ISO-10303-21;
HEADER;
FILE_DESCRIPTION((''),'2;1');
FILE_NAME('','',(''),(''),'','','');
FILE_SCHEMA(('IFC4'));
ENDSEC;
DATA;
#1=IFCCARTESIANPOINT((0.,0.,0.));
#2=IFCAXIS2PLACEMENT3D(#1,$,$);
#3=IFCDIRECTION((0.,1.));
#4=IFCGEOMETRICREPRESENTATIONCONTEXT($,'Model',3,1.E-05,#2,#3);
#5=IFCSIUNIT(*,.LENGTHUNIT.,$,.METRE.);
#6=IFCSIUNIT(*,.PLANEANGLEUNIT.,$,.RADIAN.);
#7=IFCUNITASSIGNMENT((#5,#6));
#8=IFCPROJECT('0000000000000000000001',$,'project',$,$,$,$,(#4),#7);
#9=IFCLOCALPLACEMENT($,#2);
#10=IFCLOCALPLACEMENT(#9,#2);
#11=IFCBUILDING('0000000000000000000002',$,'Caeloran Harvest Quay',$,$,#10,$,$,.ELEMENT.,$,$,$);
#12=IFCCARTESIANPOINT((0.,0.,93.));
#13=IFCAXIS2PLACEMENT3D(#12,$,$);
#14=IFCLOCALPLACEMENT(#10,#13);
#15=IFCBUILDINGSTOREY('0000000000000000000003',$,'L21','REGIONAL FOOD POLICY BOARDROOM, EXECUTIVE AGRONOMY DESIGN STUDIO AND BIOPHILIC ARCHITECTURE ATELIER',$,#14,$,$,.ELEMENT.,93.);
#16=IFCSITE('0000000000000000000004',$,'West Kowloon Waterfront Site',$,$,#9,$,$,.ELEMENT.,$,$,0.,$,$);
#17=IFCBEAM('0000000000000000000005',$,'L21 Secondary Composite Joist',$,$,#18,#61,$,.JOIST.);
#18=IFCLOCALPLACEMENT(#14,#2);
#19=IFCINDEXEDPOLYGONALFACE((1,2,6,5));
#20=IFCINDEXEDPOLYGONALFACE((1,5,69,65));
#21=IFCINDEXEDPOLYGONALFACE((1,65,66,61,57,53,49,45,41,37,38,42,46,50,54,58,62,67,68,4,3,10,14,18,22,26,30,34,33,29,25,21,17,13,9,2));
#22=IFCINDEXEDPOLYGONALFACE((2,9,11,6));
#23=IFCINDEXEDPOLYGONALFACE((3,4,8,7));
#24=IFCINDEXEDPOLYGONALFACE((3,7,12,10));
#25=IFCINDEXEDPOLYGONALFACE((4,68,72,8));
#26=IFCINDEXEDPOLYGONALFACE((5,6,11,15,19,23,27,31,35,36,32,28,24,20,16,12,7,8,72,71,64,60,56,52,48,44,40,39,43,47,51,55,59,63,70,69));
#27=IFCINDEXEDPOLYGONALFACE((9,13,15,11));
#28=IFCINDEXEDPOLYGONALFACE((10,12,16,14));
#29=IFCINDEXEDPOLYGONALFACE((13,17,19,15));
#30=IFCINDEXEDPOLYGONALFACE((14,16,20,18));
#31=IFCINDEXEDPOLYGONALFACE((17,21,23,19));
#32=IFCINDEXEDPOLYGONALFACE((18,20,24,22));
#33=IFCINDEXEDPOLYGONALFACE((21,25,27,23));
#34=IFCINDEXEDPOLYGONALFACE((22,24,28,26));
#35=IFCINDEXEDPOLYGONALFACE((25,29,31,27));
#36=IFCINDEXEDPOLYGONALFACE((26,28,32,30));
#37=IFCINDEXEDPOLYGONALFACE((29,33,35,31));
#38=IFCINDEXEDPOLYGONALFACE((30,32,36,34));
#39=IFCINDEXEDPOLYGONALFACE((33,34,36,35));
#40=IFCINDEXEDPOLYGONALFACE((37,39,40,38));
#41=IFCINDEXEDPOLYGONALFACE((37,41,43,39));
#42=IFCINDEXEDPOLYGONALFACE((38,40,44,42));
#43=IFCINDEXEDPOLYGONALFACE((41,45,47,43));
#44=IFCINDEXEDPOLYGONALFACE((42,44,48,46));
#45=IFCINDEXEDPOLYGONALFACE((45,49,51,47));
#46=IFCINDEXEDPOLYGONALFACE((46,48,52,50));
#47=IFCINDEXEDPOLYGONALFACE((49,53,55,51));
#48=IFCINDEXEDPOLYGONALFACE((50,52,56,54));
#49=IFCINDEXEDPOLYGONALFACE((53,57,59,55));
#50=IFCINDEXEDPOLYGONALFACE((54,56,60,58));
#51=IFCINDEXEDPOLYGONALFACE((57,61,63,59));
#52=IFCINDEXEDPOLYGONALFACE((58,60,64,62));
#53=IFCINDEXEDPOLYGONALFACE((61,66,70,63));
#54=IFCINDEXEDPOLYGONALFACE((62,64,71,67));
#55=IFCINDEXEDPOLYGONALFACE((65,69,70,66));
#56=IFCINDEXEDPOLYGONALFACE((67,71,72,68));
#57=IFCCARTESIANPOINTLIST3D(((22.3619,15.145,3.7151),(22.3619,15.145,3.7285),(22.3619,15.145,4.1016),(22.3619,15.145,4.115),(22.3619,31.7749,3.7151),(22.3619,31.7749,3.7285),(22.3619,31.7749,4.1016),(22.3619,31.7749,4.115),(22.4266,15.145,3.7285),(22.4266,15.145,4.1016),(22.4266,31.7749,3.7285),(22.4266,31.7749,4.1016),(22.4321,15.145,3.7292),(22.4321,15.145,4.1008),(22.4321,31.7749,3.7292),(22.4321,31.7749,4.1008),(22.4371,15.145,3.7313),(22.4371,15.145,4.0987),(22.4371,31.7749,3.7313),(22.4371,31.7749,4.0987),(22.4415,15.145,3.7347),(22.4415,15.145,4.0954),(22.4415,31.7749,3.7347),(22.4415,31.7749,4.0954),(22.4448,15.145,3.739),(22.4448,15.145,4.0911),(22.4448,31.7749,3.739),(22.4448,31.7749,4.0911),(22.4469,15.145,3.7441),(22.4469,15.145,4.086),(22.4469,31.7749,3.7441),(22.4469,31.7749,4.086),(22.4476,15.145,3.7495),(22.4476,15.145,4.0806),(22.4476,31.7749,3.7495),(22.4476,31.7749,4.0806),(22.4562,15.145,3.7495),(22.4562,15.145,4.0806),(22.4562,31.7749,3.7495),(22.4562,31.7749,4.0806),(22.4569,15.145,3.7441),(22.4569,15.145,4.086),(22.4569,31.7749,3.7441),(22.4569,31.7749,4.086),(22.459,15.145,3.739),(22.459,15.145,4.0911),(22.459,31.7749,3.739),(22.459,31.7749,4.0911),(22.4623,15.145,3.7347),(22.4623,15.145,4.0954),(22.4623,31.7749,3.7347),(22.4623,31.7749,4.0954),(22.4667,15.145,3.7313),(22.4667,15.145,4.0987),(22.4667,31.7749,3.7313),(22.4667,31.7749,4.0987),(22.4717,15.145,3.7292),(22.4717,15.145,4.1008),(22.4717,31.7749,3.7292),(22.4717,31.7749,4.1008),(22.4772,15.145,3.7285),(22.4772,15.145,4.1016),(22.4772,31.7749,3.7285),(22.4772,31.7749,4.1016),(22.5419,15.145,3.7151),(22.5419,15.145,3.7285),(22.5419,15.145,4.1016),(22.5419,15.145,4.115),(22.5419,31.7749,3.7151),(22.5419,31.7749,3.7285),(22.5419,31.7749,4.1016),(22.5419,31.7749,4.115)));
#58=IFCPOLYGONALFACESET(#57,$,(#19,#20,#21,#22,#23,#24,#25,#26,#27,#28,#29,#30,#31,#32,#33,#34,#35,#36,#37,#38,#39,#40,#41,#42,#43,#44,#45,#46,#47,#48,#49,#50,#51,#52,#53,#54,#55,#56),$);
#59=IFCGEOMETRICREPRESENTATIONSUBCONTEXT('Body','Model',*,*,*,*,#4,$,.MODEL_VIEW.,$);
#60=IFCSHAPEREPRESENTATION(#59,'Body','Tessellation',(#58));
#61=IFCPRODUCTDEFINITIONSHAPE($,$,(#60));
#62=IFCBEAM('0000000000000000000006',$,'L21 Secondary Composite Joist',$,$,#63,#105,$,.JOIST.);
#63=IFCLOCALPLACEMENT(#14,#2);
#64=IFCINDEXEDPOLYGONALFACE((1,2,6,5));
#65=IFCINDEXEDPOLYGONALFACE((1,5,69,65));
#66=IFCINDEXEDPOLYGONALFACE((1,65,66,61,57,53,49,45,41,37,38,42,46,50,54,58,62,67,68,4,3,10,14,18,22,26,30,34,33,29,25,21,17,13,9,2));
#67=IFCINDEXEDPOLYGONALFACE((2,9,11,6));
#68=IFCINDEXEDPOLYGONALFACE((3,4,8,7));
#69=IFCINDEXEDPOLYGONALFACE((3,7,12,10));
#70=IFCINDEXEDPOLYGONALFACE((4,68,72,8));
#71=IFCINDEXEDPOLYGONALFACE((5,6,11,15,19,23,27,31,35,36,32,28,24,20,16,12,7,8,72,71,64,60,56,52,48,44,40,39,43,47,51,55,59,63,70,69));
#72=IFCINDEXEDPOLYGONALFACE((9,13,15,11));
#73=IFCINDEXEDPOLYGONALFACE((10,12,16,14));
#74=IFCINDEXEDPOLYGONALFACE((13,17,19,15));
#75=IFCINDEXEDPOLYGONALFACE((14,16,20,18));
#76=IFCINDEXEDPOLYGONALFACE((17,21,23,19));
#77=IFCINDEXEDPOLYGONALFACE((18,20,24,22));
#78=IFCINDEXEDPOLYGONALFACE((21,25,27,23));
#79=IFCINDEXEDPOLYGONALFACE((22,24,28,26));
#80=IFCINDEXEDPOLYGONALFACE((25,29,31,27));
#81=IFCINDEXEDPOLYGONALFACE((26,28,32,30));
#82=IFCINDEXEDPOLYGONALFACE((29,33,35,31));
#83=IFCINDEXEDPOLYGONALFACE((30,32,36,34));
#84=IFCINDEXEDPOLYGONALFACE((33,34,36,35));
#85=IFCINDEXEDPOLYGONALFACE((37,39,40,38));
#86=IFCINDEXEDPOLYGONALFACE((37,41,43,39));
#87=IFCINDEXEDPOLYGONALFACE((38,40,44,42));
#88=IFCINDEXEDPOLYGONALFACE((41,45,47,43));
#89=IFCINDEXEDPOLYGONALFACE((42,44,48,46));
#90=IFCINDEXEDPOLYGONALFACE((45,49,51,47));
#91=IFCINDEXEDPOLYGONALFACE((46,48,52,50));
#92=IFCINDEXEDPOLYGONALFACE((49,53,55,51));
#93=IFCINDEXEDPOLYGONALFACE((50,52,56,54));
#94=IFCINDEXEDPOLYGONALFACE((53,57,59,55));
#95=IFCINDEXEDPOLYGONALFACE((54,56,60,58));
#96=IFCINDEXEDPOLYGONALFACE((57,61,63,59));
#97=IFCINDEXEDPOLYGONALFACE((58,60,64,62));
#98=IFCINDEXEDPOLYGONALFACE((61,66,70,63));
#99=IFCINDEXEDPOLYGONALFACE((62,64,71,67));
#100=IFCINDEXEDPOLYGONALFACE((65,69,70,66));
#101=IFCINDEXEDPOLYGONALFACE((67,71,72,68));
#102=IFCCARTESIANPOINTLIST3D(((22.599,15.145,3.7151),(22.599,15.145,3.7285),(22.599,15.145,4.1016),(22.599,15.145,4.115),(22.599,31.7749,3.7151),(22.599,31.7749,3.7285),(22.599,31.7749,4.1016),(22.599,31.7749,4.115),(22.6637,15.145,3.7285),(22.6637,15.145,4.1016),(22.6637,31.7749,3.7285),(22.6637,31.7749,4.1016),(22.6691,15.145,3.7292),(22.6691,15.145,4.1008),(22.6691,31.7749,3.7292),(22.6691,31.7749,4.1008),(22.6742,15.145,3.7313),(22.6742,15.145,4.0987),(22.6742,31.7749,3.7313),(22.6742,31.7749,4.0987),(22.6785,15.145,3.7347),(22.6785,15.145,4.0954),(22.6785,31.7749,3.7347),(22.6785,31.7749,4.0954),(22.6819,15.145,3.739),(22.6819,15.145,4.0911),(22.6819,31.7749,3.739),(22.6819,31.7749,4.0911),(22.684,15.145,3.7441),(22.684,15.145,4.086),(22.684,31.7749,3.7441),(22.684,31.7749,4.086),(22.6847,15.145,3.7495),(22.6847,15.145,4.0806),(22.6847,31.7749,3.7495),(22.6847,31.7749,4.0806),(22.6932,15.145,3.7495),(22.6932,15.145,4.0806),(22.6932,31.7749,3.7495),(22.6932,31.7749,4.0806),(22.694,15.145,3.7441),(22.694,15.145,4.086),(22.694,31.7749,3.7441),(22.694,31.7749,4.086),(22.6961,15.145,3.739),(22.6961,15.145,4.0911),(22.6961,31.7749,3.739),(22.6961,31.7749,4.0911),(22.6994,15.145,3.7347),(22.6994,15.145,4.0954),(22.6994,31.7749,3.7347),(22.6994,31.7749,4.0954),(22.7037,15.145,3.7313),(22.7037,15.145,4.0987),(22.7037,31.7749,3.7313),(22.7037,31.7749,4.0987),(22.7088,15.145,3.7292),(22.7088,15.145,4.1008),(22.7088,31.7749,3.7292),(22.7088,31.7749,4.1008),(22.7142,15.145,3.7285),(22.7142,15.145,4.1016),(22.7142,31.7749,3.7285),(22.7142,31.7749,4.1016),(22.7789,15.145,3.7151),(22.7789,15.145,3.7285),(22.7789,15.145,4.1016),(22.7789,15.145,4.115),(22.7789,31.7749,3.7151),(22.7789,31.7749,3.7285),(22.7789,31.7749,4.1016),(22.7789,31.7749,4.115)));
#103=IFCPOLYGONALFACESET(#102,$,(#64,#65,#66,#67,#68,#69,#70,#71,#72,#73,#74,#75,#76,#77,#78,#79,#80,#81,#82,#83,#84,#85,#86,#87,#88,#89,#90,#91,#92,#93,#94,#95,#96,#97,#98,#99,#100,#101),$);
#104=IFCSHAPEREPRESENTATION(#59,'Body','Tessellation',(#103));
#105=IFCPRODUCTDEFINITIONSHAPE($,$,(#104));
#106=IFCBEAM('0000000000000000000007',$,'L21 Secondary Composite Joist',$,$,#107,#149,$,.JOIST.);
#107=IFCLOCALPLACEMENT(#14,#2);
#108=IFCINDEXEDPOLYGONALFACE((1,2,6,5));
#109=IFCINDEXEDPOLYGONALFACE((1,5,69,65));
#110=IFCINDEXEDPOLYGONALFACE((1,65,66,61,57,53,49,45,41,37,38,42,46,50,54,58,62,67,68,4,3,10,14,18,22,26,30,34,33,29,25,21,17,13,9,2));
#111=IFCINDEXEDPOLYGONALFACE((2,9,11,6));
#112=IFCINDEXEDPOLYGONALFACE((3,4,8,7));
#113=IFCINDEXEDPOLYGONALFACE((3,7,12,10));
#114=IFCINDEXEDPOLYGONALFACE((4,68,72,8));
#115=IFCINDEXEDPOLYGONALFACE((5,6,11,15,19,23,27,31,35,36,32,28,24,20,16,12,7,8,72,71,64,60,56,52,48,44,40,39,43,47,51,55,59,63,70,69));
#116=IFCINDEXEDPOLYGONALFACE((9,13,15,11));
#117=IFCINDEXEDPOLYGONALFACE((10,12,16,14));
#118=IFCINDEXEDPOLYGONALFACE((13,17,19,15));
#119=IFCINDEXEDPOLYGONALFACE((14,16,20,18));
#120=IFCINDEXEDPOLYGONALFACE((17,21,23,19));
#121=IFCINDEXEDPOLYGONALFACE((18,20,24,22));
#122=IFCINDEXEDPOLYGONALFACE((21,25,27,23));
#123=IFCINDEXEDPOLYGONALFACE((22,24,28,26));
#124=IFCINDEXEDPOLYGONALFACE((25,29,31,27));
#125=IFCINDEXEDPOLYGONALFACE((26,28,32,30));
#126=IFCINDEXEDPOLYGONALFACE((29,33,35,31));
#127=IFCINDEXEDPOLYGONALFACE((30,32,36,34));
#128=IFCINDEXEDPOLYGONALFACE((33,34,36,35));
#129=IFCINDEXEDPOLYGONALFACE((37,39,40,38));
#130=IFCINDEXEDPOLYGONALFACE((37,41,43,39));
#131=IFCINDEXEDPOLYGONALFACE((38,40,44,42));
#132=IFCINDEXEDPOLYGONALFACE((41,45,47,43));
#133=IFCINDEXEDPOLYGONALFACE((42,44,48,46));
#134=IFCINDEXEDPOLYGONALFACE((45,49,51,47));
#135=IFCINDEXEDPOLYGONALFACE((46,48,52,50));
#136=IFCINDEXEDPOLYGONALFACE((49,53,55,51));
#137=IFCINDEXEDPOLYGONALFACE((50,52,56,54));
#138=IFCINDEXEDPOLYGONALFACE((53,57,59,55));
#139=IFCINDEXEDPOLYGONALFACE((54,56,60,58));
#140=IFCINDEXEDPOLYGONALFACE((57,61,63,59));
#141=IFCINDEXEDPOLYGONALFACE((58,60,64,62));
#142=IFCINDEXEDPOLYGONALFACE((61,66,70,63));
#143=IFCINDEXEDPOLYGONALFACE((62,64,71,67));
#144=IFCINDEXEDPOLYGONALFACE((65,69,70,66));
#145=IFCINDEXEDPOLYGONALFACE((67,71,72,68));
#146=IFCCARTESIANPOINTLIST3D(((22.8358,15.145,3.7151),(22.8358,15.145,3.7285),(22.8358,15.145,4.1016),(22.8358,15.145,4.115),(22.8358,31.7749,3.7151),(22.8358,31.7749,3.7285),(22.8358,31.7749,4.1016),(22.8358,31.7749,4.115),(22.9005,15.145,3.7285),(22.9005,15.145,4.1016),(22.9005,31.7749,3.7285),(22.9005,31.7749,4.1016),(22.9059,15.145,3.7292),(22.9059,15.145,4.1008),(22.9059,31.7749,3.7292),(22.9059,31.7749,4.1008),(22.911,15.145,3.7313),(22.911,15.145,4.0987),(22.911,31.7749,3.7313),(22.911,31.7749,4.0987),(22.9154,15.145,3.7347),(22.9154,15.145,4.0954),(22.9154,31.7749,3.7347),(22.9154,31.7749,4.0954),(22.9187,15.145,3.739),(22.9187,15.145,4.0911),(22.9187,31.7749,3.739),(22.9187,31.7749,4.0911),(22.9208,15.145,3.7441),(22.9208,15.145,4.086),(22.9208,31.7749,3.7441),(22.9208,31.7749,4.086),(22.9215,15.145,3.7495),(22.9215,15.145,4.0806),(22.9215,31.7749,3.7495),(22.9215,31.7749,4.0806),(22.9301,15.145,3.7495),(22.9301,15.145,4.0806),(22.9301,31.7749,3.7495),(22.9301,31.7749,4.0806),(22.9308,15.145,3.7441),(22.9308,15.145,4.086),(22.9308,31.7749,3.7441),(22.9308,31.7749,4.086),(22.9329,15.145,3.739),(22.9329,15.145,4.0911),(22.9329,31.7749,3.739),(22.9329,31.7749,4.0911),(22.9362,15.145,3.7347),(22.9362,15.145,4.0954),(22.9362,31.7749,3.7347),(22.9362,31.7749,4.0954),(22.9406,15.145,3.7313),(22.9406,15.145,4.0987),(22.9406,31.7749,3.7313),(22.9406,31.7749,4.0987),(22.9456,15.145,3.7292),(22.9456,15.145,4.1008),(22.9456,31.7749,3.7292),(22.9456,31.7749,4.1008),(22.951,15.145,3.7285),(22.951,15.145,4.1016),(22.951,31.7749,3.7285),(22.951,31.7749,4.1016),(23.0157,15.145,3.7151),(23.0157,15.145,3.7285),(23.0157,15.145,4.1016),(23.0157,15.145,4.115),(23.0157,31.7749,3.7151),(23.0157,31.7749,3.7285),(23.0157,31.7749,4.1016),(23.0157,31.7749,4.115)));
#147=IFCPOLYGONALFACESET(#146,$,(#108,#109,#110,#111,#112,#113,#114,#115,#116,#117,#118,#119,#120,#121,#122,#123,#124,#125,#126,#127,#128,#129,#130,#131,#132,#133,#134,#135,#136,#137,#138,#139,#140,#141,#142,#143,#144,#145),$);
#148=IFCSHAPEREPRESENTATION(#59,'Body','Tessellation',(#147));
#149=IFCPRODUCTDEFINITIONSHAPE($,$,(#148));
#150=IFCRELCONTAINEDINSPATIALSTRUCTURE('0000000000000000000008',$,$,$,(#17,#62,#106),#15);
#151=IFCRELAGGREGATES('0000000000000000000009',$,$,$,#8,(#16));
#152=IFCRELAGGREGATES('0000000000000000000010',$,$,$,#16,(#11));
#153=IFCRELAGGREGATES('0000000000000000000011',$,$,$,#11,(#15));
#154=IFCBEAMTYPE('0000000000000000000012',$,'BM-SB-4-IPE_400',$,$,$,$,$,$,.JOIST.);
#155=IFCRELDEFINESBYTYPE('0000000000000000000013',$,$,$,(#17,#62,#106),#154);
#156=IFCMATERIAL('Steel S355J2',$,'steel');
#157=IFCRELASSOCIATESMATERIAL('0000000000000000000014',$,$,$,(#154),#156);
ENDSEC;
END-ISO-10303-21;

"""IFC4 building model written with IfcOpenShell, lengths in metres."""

from ifc_helpers import new_model, si_unit, direction, frame, origin, origin_2d, place, context, subcontext, project, spatial, i_section, extrude, material, material_profile, profile_set, type_object, element, save


model = new_model("IFC4")

# Units and contexts
model_context = context("Model", 3, precision=1e-05, world=origin(), true_north=direction((0.0, 1.0)))
body_context = subcontext(model_context, "Body", "Model", "MODEL_VIEW")
ifc_project = project(units=[si_unit("LENGTHUNIT", "METRE"), si_unit("PLANEANGLEUNIT", "RADIAN")], contexts=[model_context])

# Site, building, storey
site_placement = place(None, origin())
site = spatial("IfcSite", under=ifc_project, at=site_placement, Name="West Kowloon Waterfront Site", CompositionType="ELEMENT", RefElevation=0.0)
building_placement = place(site_placement, origin())
building = spatial("IfcBuilding", under=site, at=building_placement, Name="Caeloran Harvest Quay", CompositionType="ELEMENT")
storey_placement = place(building_placement, frame((0.0, 0.0, 93.0)))
storey = spatial("IfcBuildingStorey", under=building, at=storey_placement, Name="L21", Description="REGIONAL FOOD POLICY BOARDROOM, EXECUTIVE AGRONOMY DESIGN STUDIO AND BIOPHILIC ARCHITECTURE ATELIER", CompositionType="ELEMENT", Elevation=93.0)

# Beams
ifc_material_1 = material(Name="Steel S355J2", Category="steel")
ifc_material_profile_1 = material_profile(ifc_material_1, i_section(OverallWidth=0.1799, OverallDepth=0.3999, WebThickness=0.0085, FlangeThickness=0.0134, FilletRadius=0.021, at=origin_2d()), Name="IPE 400")
ifc_profile_set_1 = profile_set([ifc_material_profile_1], Name="Steel S355J2")
beam_type_1 = type_object("IfcBeamType", Name="BM-SB-4-IPE_400", PredefinedType="JOIST", material=ifc_profile_set_1)
for number, where, z_axis, x_axis, name in (
    (1, (22.4519, 15.145, 3.915), (0.0, 1.0, 0.0), (-1.0, 0.0, 0.0), "L21 Secondary Composite Joist"),
    (2, (22.689, 15.145, 3.915), (0.0, 1.0, 0.0), (-1.0, 0.0, 0.0), "L21 Secondary Composite Joist"),
    (3, (22.9258, 15.145, 3.915), (0.0, 1.0, 0.0), (-1.0, 0.0, 0.0), "L21 Secondary Composite Joist"),
):
    element("IfcBeam", number, at=place(storey_placement, frame(where, z_axis=z_axis, x_axis=x_axis)), inside=storey, type_object=beam_type_1, Name=name, PredefinedType="JOIST", context=body_context, shape_type="SweptSolid", body=[
        extrude(i_section(OverallWidth=0.1799, OverallDepth=0.3999, WebThickness=0.0085, FlangeThickness=0.0134, FilletRadius=0.021, at=origin_2d()), origin(), (0.0, 0.0, 1.0), 16.6299),
    ])

save(model, "model.ifc")
